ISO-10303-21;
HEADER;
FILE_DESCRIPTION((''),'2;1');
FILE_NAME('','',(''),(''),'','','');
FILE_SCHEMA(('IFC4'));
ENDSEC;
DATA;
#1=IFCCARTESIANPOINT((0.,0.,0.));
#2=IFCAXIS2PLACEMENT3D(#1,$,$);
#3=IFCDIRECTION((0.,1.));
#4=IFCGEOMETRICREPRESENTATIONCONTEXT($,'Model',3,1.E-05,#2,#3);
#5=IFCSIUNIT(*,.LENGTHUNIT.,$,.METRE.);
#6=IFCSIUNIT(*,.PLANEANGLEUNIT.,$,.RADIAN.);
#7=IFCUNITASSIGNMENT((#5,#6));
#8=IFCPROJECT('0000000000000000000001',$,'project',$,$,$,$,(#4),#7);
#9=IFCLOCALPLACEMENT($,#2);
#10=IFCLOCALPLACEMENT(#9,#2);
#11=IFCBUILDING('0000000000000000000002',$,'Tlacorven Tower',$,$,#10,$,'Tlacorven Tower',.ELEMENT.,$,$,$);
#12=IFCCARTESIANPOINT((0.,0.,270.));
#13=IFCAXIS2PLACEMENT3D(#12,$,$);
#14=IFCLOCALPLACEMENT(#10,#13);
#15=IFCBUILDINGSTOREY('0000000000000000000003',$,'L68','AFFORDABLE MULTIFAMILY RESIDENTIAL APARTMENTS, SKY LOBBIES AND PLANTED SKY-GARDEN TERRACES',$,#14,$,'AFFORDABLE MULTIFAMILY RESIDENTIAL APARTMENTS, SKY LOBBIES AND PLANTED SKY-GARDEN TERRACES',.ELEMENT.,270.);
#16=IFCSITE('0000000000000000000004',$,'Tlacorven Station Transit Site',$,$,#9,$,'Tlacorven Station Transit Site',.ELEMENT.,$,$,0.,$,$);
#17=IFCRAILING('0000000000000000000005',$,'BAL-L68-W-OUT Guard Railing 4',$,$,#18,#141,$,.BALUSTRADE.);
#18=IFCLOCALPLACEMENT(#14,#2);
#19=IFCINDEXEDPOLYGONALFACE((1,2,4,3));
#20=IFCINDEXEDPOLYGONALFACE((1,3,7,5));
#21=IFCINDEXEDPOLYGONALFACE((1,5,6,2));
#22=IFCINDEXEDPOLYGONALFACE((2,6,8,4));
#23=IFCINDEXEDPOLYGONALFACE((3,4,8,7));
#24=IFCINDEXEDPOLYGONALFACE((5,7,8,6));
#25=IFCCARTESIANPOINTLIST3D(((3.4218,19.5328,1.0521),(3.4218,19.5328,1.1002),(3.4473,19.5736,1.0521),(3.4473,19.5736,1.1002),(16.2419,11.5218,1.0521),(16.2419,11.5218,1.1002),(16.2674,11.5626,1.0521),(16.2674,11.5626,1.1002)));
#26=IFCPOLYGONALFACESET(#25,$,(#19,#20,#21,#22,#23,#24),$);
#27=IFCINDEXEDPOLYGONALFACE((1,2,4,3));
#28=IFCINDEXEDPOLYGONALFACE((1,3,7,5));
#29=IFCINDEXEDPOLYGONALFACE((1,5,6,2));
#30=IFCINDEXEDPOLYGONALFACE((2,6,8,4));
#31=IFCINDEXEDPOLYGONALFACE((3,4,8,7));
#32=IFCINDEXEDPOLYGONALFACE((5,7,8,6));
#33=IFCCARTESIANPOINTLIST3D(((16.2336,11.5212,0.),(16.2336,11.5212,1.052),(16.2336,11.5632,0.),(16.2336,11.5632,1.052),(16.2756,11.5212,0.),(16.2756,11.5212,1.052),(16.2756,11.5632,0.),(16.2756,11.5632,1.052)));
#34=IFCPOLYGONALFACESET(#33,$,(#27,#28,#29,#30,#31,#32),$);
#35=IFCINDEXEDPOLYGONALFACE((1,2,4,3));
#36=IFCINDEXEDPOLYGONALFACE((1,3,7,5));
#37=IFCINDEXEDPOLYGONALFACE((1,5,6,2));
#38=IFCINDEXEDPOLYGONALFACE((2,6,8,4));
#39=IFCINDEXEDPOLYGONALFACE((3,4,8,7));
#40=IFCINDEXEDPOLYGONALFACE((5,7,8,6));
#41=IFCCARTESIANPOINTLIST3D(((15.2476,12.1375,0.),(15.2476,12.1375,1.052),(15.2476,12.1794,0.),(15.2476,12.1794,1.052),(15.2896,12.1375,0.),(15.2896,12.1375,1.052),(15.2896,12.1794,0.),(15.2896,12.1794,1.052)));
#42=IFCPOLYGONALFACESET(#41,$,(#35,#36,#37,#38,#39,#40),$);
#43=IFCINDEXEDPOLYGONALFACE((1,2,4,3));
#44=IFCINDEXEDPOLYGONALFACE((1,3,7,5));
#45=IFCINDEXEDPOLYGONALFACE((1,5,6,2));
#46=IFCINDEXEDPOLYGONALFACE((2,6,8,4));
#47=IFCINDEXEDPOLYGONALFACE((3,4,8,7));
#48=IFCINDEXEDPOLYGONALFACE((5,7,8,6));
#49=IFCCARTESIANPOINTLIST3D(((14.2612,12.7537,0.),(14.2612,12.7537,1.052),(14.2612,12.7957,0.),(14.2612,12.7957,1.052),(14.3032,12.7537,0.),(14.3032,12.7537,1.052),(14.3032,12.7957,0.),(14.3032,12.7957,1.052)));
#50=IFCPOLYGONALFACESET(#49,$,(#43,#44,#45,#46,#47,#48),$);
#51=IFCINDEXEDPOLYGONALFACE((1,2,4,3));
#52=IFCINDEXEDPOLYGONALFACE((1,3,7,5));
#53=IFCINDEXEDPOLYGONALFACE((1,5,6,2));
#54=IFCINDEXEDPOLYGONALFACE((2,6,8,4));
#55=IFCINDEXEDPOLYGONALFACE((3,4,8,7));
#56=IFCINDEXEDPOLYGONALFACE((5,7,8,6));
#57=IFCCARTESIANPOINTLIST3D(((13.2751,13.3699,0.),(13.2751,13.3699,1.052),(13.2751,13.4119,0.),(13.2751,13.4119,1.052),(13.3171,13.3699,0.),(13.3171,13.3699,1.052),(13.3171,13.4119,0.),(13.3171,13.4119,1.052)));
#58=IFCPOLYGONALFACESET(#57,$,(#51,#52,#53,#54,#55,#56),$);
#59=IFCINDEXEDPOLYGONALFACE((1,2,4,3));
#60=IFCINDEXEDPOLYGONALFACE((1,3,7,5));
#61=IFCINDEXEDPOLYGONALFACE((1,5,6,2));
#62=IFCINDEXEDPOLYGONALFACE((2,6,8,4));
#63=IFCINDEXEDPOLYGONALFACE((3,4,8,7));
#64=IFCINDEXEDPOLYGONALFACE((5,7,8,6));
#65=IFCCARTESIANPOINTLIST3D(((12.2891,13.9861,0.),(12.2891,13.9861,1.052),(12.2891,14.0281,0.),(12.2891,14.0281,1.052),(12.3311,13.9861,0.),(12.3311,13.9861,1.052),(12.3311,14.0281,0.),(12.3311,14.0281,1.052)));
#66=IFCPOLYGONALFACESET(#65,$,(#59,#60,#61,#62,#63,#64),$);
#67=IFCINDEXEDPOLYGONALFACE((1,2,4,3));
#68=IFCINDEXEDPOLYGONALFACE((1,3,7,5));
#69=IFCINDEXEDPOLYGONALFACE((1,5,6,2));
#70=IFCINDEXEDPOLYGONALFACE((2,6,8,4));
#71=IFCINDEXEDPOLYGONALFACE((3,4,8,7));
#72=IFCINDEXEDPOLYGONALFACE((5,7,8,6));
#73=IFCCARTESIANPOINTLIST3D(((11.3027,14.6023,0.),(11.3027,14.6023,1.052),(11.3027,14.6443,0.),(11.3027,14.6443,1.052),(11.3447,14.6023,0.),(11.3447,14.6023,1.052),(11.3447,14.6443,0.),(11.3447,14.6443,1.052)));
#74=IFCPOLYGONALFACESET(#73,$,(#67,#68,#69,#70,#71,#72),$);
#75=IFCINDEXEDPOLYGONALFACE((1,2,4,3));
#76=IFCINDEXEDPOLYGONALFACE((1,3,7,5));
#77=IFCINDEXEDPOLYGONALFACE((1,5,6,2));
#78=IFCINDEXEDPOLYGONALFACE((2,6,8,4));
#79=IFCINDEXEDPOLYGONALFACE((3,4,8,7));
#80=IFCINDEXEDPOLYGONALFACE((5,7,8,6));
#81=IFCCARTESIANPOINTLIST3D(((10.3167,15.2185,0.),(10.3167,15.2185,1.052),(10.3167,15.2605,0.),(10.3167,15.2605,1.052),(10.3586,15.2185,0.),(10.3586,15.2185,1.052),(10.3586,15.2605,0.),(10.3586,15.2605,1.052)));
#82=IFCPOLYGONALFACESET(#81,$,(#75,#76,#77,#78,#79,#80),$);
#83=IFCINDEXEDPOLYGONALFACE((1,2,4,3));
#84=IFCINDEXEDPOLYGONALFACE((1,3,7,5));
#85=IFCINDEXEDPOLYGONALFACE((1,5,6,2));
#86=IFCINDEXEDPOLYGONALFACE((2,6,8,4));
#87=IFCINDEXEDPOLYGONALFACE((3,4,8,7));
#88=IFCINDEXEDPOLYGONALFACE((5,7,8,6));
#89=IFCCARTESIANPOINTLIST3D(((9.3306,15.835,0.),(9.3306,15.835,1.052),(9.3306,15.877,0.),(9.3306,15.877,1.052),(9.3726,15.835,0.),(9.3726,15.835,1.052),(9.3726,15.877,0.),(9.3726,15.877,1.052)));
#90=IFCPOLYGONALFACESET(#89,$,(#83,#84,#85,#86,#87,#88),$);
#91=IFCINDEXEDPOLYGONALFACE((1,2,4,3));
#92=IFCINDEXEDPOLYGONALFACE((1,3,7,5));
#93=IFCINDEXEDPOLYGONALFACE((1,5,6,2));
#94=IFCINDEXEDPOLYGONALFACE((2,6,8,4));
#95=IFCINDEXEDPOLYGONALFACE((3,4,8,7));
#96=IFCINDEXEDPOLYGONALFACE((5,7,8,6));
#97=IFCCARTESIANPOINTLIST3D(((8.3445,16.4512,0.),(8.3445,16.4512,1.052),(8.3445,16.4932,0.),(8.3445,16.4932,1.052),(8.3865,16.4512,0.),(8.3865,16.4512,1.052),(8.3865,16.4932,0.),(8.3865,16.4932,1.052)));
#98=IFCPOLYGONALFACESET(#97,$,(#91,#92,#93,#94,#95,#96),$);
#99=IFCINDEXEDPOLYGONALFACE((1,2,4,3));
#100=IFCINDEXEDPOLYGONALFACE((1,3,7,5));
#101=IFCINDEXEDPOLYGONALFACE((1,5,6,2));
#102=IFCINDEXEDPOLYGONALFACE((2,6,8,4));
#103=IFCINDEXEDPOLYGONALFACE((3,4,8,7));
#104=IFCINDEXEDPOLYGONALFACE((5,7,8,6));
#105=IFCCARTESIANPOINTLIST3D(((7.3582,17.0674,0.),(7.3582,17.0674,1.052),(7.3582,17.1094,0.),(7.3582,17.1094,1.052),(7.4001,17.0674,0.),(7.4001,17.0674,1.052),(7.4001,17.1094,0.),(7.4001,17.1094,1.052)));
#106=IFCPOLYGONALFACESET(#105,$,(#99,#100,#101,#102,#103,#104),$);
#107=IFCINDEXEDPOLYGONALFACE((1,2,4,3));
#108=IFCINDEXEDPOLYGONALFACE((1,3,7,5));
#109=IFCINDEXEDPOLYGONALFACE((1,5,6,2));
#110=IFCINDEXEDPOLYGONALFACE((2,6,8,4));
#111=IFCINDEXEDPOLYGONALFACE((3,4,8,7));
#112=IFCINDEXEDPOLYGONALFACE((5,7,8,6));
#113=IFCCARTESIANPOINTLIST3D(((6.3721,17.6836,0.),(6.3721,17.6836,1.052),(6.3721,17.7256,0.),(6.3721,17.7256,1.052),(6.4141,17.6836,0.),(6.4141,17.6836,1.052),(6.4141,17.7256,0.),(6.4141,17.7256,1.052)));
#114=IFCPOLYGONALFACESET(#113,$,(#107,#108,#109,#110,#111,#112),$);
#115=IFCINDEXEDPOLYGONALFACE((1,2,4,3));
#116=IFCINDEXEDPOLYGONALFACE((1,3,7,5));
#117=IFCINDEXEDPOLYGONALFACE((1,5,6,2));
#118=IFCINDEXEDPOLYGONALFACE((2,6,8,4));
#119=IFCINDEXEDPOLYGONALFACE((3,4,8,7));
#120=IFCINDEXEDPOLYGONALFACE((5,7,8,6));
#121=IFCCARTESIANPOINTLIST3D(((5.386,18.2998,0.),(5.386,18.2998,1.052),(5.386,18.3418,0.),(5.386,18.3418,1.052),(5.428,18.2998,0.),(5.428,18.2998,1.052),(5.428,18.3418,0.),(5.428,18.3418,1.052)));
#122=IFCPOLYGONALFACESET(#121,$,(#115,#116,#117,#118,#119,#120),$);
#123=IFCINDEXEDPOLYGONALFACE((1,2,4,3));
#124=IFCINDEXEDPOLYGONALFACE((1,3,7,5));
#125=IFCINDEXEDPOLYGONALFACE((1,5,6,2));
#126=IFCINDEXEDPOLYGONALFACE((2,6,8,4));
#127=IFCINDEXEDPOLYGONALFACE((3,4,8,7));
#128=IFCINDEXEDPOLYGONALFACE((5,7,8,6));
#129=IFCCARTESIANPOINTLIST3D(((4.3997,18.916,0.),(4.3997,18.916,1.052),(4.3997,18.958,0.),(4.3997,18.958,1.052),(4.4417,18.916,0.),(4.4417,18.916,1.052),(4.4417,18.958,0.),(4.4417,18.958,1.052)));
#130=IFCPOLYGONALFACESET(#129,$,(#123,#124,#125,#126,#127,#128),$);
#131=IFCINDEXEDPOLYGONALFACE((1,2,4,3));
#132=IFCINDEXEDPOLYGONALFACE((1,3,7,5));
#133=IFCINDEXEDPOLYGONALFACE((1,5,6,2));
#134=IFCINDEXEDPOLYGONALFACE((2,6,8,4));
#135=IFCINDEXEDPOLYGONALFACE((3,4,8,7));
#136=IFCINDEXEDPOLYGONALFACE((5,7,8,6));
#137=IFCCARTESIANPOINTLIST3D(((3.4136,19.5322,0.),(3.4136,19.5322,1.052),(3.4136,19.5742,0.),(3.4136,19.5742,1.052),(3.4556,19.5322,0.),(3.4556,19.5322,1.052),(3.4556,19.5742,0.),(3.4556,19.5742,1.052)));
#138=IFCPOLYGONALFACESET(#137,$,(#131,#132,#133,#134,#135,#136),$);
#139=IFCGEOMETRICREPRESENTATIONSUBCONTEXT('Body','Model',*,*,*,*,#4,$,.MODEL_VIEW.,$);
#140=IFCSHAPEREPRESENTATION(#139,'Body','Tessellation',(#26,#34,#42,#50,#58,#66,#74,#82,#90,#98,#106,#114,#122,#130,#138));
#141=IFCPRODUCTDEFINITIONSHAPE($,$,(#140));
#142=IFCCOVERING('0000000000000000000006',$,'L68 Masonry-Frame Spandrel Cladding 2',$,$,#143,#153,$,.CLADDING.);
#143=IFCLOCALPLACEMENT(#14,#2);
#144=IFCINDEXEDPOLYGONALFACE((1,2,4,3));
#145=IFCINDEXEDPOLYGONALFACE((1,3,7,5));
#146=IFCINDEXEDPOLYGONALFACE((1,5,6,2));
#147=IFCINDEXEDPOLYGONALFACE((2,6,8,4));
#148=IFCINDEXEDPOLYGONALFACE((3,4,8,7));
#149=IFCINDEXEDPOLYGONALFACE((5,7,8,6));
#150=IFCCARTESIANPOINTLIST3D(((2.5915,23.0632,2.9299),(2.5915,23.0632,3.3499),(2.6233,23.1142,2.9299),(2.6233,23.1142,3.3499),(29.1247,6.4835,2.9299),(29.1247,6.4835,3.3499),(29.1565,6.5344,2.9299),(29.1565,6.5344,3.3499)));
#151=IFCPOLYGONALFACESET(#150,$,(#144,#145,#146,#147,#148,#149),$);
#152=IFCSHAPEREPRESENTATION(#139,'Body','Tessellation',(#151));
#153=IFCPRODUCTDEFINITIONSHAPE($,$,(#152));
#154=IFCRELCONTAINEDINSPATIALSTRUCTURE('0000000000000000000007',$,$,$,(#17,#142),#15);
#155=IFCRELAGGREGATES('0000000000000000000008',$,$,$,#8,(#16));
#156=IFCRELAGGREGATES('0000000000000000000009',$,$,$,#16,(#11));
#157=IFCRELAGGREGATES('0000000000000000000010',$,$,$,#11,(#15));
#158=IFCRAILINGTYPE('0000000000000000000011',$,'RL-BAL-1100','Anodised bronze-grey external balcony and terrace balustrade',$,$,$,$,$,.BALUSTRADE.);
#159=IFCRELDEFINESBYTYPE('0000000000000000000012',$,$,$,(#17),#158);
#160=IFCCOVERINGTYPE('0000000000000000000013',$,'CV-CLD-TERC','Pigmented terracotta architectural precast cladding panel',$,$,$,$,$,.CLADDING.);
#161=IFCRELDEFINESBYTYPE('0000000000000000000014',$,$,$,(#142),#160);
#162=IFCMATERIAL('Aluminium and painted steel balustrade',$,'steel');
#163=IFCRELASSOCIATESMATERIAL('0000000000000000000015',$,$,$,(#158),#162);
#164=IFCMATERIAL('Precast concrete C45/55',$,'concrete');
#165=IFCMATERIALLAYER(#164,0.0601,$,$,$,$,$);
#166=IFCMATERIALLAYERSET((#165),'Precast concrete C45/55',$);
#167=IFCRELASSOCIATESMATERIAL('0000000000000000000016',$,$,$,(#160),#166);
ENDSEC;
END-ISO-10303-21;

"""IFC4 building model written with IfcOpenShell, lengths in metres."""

from ifc_helpers import new_model, si_unit, direction, frame, origin, origin_2d, place, context, subcontext, project, spatial, rectangle, extrude, source, transform, mapped, material, layer, layer_set, type_object, element, save


model = new_model("IFC4")

# Units and contexts
model_context = context("Model", 3, precision=1e-05, world=origin(), true_north=direction((0.0, 1.0)))
body_context = subcontext(model_context, "Body", "Model", "MODEL_VIEW")
ifc_project = project(units=[si_unit("LENGTHUNIT", "METRE"), si_unit("PLANEANGLEUNIT", "RADIAN")], contexts=[model_context])

# Site, building, storey
site_placement = place(None, origin())
site = spatial("IfcSite", under=ifc_project, at=site_placement, Name="Tlacorven Station Transit Site", LongName="Tlacorven Station Transit Site", CompositionType="ELEMENT", RefElevation=0.0)
building_placement = place(site_placement, origin())
building = spatial("IfcBuilding", under=site, at=building_placement, Name="Tlacorven Tower", LongName="Tlacorven Tower", CompositionType="ELEMENT")
storey_placement = place(building_placement, frame((0.0, 0.0, 270.0)))
storey = spatial("IfcBuildingStorey", under=building, at=storey_placement, Name="L68", Description="AFFORDABLE MULTIFAMILY RESIDENTIAL APARTMENTS, SKY LOBBIES AND PLANTED SKY-GARDEN TERRACES", LongName="AFFORDABLE MULTIFAMILY RESIDENTIAL APARTMENTS, SKY LOBBIES AND PLANTED SKY-GARDEN TERRACES", CompositionType="ELEMENT", Elevation=270.0)

# Shared definitions
ifc_material_1 = material(Name="Precast concrete C45/55", Category="concrete")

# Railing
ifc_material_2 = material(Name="Aluminium and painted steel balustrade", Category="steel")
railing_type = type_object("IfcRailingType", Name="RL-BAL-1100", Description="Anodised bronze-grey external balcony and terrace balustrade", PredefinedType="BALUSTRADE", material=ifc_material_2)
shared_shape_1 = source(origin(), body_context, "Body", "SweptSolid", [
    extrude(rectangle(XDim=0.0481, YDim=0.0481, at=origin_2d()), frame((0.0, 0.0, 1.0762), z_axis=(-0.848045, 0.529925, 0.0), x_axis=(-0.529925, -0.848045, 0.0)), (0.0, 0.0, 1.0), 15.1172),
    extrude(rectangle(XDim=0.042, YDim=0.042, at=origin_2d()), origin(), (0.0, 0.0, 1.0), 1.052),
    extrude(rectangle(XDim=0.042, YDim=0.042, at=origin_2d()), frame((-0.9861, 0.6162, 0.0)), (0.0, 0.0, 1.0), 1.052),
    extrude(rectangle(XDim=0.042, YDim=0.042, at=origin_2d()), frame((-1.9724, 1.2324, 0.0)), (0.0, 0.0, 1.0), 1.052),
    extrude(rectangle(XDim=0.042, YDim=0.042, at=origin_2d()), frame((-2.9585, 1.8486, 0.0)), (0.0, 0.0, 1.0), 1.052),
    extrude(rectangle(XDim=0.042, YDim=0.042, at=origin_2d()), frame((-3.9446, 2.4648, 0.0)), (0.0, 0.0, 1.0), 1.052),
    extrude(rectangle(XDim=0.042, YDim=0.042, at=origin_2d()), frame((-4.9309, 3.0811, 0.0)), (0.0, 0.0, 1.0), 1.052),
    extrude(rectangle(XDim=0.042, YDim=0.042, at=origin_2d()), frame((-5.917, 3.6973, 0.0)), (0.0, 0.0, 1.0), 1.052),
    extrude(rectangle(XDim=0.042, YDim=0.042, at=origin_2d()), frame((-6.9031, 4.3137, 0.0)), (0.0, 0.0, 1.0), 1.052),
    extrude(rectangle(XDim=0.042, YDim=0.042, at=origin_2d()), frame((-7.8892, 4.9299, 0.0)), (0.0, 0.0, 1.0), 1.052),
    extrude(rectangle(XDim=0.042, YDim=0.042, at=origin_2d()), frame((-8.8755, 5.5461, 0.0)), (0.0, 0.0, 1.0), 1.052),
    extrude(rectangle(XDim=0.042, YDim=0.042, at=origin_2d()), frame((-9.8616, 6.1624, 0.0)), (0.0, 0.0, 1.0), 1.052),
    extrude(rectangle(XDim=0.042, YDim=0.042, at=origin_2d()), frame((-10.8477, 6.7786, 0.0)), (0.0, 0.0, 1.0), 1.052),
    extrude(rectangle(XDim=0.042, YDim=0.042, at=origin_2d()), frame((-11.834, 7.3948, 0.0)), (0.0, 0.0, 1.0), 1.052),
    extrude(rectangle(XDim=0.042, YDim=0.042, at=origin_2d()), frame((-12.8201, 8.011, 0.0)), (0.0, 0.0, 1.0), 1.052),
])
railing_1_placement = place(storey_placement, frame((16.2546, 11.5422, 0.0)))
element("IfcRailing", 1, at=railing_1_placement, inside=storey, type_object=railing_type, Name="BAL-L68-W-OUT Guard Railing 4", PredefinedType="BALUSTRADE", context=body_context, shape_type="MappedRepresentation", body=[
    mapped(shared_shape_1, transform((0.0, 0.0, 0.0), scale=1.0)),
])

# Covering
ifc_layer_1 = layer(ifc_material_1, 0.0601)
ifc_layer_set_1 = layer_set([ifc_layer_1], Name="Precast concrete C45/55")
covering_type = type_object("IfcCoveringType", Name="CV-CLD-TERC", Description="Pigmented terracotta architectural precast cladding panel", PredefinedType="CLADDING", material=ifc_layer_set_1)
shared_shape_2 = source(origin(), body_context, "Body", "SweptSolid", [
    extrude(rectangle(XDim=31.2874, YDim=0.0601, at=origin_2d()), origin(), (0.0, 0.0, 1.0), 0.4199),
])
covering_placement = place(storey_placement, frame((15.874, 14.7988, 2.9299), z_axis=(0.0, 0.0, 1.0), x_axis=(-0.848048, 0.529919, 0.0)))
element("IfcCovering", 2, at=covering_placement, inside=storey, type_object=covering_type, Name="L68 Masonry-Frame Spandrel Cladding 2", PredefinedType="CLADDING", context=body_context, shape_type="MappedRepresentation", body=[
    mapped(shared_shape_2, transform((0.0, 0.0, 0.0), scale=1.0)),
])

save(model, "model.ifc")
